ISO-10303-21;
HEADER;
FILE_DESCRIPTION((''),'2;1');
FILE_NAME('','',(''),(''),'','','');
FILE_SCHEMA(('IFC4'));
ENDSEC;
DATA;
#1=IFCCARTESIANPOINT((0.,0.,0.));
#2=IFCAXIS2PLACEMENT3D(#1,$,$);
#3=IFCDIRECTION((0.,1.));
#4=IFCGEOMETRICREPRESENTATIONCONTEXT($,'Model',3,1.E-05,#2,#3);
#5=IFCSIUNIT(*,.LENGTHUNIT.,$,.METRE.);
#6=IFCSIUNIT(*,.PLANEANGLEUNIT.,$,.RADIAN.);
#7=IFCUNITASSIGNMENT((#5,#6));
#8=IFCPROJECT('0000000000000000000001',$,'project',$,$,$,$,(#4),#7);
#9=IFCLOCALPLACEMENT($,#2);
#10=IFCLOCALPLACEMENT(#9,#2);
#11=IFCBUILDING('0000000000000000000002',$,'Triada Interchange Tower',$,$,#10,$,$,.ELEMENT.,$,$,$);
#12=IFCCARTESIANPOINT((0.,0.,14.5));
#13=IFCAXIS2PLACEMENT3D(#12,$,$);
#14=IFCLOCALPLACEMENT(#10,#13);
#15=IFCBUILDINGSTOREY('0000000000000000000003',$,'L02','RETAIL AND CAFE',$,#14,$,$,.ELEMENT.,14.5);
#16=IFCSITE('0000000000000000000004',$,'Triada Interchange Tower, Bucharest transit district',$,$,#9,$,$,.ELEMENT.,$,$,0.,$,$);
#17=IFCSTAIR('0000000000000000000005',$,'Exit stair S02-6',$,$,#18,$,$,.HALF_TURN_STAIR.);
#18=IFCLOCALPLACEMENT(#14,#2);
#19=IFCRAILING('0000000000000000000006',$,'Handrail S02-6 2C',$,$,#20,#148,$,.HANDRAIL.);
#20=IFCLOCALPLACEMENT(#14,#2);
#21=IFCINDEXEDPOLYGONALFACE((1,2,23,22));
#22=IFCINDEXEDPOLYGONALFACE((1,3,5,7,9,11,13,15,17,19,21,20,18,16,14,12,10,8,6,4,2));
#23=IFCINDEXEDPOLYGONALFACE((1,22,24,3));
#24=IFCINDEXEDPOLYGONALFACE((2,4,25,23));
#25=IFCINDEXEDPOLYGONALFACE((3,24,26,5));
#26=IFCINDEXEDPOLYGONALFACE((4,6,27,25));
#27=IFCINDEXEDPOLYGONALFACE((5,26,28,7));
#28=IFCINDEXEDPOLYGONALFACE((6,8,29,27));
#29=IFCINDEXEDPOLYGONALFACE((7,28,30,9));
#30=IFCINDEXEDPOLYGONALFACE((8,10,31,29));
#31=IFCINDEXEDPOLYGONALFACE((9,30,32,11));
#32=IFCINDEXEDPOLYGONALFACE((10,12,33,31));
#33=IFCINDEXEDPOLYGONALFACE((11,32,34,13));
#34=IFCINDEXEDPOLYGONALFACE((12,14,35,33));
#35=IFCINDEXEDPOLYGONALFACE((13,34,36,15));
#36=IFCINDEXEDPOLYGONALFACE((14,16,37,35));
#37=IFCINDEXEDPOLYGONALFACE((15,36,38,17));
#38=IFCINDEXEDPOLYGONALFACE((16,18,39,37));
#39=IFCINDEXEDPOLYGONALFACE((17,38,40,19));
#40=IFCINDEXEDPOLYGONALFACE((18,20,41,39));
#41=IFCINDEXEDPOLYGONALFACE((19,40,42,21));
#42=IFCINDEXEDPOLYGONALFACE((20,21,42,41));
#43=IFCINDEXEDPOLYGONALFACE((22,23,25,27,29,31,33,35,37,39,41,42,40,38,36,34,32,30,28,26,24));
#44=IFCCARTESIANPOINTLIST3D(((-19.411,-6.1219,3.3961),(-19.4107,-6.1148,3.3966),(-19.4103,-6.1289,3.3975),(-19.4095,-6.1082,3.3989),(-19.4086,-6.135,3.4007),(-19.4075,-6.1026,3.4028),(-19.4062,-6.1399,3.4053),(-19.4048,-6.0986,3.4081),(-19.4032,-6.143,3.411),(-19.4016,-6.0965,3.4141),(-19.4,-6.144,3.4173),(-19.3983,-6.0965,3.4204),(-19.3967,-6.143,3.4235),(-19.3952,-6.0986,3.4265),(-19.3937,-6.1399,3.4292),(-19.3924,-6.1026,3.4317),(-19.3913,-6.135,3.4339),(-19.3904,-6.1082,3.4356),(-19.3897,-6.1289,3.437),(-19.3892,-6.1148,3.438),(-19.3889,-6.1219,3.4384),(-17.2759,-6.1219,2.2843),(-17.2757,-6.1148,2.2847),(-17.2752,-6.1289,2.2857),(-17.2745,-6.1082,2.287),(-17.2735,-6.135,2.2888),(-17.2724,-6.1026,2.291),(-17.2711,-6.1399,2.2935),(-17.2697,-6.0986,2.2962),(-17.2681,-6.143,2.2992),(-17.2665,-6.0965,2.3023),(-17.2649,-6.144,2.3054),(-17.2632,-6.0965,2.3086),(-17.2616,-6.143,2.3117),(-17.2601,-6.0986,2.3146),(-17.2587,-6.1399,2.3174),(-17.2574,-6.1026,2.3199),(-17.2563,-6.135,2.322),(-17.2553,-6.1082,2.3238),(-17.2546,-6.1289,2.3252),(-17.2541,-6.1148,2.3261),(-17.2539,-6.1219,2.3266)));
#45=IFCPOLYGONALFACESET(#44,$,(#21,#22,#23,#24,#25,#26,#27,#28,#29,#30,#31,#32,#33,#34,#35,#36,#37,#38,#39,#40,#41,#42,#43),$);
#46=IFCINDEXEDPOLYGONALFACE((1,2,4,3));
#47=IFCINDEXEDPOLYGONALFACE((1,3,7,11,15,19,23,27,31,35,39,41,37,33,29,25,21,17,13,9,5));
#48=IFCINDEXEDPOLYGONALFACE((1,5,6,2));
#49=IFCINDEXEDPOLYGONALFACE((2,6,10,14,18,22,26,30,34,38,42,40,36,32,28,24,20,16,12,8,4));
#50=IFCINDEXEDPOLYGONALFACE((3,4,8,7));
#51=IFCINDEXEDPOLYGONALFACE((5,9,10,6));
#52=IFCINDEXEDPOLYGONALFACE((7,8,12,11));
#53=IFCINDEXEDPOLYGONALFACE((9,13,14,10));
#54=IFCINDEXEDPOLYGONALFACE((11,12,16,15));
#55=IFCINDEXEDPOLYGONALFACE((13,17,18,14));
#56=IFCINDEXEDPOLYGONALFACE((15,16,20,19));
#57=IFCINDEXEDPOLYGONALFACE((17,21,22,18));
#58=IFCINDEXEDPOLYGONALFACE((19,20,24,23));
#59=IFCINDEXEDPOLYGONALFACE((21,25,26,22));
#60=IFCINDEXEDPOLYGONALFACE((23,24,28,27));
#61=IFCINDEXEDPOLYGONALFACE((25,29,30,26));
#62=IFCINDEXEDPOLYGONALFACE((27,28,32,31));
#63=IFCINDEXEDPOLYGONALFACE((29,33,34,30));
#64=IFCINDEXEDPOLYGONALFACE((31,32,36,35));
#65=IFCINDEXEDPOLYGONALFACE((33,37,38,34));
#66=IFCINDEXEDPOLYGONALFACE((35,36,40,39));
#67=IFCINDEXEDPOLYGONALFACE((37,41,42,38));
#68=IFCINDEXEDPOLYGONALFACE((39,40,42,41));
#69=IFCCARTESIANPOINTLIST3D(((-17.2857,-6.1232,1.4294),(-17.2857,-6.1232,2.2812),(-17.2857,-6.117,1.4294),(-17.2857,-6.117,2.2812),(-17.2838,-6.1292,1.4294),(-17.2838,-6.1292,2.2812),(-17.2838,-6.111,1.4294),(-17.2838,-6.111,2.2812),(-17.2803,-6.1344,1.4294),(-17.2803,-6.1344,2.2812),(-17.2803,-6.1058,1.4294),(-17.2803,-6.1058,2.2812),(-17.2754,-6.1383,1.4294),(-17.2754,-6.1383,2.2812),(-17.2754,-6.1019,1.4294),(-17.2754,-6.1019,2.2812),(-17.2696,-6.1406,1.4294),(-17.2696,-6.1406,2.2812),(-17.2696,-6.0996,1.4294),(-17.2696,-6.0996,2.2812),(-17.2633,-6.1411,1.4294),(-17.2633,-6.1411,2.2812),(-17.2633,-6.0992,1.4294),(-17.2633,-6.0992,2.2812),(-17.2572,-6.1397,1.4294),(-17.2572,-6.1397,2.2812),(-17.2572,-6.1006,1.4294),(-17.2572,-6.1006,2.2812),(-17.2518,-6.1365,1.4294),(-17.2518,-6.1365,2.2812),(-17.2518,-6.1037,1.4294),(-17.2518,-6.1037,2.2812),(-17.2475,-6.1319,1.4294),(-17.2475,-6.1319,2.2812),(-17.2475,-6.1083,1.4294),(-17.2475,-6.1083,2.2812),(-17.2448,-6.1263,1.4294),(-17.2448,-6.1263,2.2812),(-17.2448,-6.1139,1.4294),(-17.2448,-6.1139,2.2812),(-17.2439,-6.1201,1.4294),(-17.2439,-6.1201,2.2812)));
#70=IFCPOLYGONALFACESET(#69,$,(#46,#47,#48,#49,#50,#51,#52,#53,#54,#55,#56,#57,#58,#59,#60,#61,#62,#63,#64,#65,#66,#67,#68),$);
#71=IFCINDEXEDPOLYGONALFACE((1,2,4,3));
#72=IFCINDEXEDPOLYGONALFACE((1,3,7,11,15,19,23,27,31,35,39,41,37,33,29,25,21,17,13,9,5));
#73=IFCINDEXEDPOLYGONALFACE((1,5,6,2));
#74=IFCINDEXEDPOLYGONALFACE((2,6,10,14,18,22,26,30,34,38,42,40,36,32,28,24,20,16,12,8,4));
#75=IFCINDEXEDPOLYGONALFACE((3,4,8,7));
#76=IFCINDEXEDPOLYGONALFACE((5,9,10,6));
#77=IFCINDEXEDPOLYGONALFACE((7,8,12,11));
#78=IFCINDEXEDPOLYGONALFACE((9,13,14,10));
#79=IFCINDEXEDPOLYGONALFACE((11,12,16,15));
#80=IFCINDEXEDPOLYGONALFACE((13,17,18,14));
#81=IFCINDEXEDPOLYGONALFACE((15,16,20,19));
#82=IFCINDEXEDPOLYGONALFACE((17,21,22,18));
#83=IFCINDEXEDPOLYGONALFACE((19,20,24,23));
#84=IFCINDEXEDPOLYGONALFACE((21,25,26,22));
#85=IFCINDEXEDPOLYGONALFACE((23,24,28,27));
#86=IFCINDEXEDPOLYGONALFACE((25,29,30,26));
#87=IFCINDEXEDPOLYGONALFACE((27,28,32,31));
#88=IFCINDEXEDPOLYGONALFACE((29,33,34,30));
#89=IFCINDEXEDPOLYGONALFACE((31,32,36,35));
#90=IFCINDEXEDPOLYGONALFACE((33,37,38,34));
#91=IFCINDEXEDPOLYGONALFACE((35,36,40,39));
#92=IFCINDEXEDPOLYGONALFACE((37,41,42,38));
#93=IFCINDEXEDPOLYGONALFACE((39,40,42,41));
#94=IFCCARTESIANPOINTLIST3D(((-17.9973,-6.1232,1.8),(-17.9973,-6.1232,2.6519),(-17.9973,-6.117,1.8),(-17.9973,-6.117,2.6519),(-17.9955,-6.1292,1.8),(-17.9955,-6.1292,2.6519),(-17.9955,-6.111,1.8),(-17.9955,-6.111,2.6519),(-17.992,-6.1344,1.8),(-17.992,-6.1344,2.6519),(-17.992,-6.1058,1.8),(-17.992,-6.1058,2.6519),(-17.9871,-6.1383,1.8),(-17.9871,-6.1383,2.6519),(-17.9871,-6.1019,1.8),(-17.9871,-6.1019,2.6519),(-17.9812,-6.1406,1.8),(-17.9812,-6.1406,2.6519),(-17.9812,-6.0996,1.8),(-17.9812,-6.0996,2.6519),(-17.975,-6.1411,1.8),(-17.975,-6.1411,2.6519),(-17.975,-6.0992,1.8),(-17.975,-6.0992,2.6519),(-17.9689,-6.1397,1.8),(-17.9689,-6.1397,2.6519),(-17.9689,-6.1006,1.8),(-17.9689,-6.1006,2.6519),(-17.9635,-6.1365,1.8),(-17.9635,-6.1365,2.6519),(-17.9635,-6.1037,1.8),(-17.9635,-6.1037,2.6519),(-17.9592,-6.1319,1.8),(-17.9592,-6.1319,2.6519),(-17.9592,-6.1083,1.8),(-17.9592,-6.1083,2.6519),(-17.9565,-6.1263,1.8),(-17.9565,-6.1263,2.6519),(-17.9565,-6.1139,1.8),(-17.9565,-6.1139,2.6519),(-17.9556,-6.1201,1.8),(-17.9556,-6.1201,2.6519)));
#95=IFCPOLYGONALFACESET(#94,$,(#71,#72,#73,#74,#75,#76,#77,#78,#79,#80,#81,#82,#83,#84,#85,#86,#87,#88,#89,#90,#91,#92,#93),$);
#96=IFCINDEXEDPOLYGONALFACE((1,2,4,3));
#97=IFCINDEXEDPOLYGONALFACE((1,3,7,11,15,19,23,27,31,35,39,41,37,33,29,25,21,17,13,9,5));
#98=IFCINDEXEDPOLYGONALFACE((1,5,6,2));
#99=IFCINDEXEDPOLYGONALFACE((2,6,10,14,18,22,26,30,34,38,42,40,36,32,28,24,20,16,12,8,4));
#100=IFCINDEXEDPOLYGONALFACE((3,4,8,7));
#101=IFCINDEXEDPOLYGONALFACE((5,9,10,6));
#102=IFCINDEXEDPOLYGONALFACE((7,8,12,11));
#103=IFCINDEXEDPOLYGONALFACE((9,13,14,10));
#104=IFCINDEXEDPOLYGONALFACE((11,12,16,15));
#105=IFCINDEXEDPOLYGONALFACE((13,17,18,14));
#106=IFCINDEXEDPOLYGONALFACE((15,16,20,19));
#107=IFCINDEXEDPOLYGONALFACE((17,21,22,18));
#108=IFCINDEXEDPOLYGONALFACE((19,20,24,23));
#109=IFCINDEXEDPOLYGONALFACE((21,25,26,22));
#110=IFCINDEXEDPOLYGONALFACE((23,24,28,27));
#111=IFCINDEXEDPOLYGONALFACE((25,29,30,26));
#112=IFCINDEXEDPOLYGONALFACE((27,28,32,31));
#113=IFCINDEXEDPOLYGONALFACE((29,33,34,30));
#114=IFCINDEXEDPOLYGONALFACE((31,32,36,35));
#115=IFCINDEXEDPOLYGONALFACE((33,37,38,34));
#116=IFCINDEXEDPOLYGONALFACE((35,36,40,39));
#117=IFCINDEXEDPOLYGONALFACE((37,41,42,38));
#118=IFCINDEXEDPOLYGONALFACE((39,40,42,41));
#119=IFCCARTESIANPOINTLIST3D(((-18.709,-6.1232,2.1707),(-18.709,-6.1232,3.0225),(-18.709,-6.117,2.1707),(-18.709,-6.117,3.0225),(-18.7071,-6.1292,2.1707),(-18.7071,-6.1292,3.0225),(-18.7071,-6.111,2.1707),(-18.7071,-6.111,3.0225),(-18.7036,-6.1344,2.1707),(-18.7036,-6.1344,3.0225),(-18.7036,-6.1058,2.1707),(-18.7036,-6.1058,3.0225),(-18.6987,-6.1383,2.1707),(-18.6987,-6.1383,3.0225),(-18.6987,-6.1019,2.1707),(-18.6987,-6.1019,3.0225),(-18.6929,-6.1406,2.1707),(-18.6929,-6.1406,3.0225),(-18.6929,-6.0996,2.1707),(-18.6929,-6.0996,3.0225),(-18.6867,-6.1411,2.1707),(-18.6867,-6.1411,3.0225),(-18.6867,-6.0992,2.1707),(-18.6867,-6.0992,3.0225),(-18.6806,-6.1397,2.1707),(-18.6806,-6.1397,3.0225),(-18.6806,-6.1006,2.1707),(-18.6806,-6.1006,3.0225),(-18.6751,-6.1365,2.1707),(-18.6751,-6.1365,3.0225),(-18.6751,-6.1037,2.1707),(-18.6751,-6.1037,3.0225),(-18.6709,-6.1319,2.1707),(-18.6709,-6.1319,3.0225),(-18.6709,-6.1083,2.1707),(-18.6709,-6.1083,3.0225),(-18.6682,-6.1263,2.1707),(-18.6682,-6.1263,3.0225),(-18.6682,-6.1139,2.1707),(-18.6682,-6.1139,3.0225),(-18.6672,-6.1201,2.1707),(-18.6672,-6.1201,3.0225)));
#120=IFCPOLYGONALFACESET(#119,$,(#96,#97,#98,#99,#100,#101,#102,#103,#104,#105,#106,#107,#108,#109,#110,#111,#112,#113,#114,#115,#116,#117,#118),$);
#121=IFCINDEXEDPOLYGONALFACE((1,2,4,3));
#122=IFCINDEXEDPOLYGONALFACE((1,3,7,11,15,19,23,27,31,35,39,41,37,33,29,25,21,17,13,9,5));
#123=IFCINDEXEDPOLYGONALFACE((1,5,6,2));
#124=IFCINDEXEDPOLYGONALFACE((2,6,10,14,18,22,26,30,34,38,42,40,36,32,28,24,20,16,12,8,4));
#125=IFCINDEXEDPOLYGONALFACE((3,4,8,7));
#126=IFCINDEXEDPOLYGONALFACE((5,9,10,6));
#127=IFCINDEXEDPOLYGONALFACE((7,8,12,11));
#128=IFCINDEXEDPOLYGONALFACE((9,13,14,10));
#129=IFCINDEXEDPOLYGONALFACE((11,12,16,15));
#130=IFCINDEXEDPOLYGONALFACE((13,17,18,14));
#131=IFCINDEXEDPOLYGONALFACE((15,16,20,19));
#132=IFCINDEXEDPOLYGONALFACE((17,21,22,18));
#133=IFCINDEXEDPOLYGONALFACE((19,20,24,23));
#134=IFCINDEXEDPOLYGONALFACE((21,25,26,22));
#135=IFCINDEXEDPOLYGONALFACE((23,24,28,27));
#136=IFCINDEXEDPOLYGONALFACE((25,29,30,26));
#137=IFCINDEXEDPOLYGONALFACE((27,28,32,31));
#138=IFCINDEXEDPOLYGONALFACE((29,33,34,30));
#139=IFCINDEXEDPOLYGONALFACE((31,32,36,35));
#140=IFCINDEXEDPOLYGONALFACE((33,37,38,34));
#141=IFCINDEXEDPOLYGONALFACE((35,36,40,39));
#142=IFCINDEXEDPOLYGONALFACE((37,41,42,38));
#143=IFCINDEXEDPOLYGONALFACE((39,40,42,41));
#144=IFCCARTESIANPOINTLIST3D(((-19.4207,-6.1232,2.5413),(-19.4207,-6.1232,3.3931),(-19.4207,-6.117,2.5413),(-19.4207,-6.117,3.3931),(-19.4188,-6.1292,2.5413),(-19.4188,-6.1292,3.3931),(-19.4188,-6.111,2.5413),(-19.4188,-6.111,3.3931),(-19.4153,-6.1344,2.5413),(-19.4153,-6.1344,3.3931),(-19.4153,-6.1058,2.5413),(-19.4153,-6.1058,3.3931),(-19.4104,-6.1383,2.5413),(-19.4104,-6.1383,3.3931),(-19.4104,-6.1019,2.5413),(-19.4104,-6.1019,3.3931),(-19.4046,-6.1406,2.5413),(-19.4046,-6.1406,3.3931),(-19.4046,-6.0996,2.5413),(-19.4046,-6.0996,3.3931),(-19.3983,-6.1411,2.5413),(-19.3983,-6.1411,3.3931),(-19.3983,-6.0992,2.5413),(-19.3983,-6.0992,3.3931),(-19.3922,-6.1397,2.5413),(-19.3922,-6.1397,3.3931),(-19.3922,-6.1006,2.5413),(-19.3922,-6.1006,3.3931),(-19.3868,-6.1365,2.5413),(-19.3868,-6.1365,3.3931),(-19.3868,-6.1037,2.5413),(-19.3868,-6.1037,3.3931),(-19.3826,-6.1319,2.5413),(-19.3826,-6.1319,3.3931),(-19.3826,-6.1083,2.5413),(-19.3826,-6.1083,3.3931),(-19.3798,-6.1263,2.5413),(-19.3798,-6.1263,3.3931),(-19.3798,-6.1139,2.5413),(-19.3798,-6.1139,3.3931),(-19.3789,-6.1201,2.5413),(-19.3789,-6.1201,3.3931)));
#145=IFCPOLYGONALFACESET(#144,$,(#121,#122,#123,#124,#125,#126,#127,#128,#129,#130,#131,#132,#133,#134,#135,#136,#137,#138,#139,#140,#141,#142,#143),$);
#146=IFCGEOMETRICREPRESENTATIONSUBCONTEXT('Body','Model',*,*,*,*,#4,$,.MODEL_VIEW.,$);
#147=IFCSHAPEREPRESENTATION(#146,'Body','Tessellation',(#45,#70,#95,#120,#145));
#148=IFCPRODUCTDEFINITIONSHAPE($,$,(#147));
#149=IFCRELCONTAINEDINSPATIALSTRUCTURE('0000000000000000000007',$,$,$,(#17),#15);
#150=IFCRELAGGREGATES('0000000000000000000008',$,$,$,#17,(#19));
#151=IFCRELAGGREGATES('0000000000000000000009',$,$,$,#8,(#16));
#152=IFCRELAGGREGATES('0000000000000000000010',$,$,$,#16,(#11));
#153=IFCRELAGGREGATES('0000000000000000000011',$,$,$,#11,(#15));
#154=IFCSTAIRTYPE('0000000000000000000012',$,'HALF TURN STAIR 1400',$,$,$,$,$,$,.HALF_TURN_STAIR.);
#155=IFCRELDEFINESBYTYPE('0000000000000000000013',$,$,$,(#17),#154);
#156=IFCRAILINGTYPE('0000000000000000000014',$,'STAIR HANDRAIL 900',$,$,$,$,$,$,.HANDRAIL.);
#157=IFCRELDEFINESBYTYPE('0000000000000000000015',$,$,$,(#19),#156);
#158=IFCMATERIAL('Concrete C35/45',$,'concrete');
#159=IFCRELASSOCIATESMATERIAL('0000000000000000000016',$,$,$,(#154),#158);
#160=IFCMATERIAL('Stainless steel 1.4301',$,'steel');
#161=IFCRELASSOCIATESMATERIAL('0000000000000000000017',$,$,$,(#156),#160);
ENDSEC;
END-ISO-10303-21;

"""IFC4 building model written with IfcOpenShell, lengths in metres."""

from ifc_helpers import new_model, si_unit, direction, frame, origin, origin_2d, place, context, subcontext, project, spatial, circle, extrude, material, type_object, element, aggregate, save


model = new_model("IFC4")

# Units and contexts
model_context = context("Model", 3, precision=1e-05, world=origin(), true_north=direction((0.0, 1.0)))
body_context = subcontext(model_context, "Body", "Model", "MODEL_VIEW")
ifc_project = project(units=[si_unit("LENGTHUNIT", "METRE"), si_unit("PLANEANGLEUNIT", "RADIAN")], contexts=[model_context])

# Site, building, storey
site_placement = place(None, origin())
site = spatial("IfcSite", under=ifc_project, at=site_placement, Name="Triada Interchange Tower, Bucharest transit district", CompositionType="ELEMENT", RefElevation=0.0)
building_placement = place(site_placement, origin())
building = spatial("IfcBuilding", under=site, at=building_placement, Name="Triada Interchange Tower", CompositionType="ELEMENT")
storey_placement = place(building_placement, frame((0.0, 0.0, 14.5)))
storey = spatial("IfcBuildingStorey", under=building, at=storey_placement, Name="L02", Description="RETAIL AND CAFE", CompositionType="ELEMENT", Elevation=14.5)

# Shared definitions
ifc_material_1 = material(Name="Concrete C35/45", Category="concrete")

# Stair, railing
stair_type = type_object("IfcStairType", Name="HALF TURN STAIR 1400", PredefinedType="HALF_TURN_STAIR", material=ifc_material_1)
stair_placement = place(storey_placement, origin())
stair = element("IfcStair", 1, at=stair_placement, inside=storey, type_object=stair_type, Name="Exit stair S02-6", PredefinedType="HALF_TURN_STAIR")
ifc_material_2 = material(Name="Stainless steel 1.4301", Category="steel")
railing_type_1 = type_object("IfcRailingType", Name="STAIR HANDRAIL 900", PredefinedType="HANDRAIL", material=ifc_material_2)
railing_1_placement = place(storey_placement, frame((-17.2649, -6.1201, 1.4294)))
railing_1 = element("IfcRailing", 2, at=railing_1_placement, type_object=railing_type_1, Name="Handrail S02-6 2C", PredefinedType="HANDRAIL", context=body_context, shape_type="SweptSolid", body=[
    extrude(circle(Radius=0.0239, at=origin_2d()), frame((0.0, 0.0, 0.876), z_axis=(-0.886943, 0.0, 0.46188), x_axis=(0.0, -1.0, 0.0)), (0.0, 0.0, 1.0), 2.4072),
    extrude(circle(Radius=0.021, at=origin_2d()), origin(), (0.0, 0.0, 1.0), 0.8518),
    extrude(circle(Radius=0.021, at=origin_2d()), frame((-0.7117, 0.0, 0.3706)), (0.0, 0.0, 1.0), 0.8518),
    extrude(circle(Radius=0.021, at=origin_2d()), frame((-1.4233, 0.0, 0.7412)), (0.0, 0.0, 1.0), 0.8518),
    extrude(circle(Radius=0.021, at=origin_2d()), frame((-2.135, 0.0, 1.1118)), (0.0, 0.0, 1.0), 0.8518),
])
aggregate(stair, [railing_1])

save(model, "model.ifc")
